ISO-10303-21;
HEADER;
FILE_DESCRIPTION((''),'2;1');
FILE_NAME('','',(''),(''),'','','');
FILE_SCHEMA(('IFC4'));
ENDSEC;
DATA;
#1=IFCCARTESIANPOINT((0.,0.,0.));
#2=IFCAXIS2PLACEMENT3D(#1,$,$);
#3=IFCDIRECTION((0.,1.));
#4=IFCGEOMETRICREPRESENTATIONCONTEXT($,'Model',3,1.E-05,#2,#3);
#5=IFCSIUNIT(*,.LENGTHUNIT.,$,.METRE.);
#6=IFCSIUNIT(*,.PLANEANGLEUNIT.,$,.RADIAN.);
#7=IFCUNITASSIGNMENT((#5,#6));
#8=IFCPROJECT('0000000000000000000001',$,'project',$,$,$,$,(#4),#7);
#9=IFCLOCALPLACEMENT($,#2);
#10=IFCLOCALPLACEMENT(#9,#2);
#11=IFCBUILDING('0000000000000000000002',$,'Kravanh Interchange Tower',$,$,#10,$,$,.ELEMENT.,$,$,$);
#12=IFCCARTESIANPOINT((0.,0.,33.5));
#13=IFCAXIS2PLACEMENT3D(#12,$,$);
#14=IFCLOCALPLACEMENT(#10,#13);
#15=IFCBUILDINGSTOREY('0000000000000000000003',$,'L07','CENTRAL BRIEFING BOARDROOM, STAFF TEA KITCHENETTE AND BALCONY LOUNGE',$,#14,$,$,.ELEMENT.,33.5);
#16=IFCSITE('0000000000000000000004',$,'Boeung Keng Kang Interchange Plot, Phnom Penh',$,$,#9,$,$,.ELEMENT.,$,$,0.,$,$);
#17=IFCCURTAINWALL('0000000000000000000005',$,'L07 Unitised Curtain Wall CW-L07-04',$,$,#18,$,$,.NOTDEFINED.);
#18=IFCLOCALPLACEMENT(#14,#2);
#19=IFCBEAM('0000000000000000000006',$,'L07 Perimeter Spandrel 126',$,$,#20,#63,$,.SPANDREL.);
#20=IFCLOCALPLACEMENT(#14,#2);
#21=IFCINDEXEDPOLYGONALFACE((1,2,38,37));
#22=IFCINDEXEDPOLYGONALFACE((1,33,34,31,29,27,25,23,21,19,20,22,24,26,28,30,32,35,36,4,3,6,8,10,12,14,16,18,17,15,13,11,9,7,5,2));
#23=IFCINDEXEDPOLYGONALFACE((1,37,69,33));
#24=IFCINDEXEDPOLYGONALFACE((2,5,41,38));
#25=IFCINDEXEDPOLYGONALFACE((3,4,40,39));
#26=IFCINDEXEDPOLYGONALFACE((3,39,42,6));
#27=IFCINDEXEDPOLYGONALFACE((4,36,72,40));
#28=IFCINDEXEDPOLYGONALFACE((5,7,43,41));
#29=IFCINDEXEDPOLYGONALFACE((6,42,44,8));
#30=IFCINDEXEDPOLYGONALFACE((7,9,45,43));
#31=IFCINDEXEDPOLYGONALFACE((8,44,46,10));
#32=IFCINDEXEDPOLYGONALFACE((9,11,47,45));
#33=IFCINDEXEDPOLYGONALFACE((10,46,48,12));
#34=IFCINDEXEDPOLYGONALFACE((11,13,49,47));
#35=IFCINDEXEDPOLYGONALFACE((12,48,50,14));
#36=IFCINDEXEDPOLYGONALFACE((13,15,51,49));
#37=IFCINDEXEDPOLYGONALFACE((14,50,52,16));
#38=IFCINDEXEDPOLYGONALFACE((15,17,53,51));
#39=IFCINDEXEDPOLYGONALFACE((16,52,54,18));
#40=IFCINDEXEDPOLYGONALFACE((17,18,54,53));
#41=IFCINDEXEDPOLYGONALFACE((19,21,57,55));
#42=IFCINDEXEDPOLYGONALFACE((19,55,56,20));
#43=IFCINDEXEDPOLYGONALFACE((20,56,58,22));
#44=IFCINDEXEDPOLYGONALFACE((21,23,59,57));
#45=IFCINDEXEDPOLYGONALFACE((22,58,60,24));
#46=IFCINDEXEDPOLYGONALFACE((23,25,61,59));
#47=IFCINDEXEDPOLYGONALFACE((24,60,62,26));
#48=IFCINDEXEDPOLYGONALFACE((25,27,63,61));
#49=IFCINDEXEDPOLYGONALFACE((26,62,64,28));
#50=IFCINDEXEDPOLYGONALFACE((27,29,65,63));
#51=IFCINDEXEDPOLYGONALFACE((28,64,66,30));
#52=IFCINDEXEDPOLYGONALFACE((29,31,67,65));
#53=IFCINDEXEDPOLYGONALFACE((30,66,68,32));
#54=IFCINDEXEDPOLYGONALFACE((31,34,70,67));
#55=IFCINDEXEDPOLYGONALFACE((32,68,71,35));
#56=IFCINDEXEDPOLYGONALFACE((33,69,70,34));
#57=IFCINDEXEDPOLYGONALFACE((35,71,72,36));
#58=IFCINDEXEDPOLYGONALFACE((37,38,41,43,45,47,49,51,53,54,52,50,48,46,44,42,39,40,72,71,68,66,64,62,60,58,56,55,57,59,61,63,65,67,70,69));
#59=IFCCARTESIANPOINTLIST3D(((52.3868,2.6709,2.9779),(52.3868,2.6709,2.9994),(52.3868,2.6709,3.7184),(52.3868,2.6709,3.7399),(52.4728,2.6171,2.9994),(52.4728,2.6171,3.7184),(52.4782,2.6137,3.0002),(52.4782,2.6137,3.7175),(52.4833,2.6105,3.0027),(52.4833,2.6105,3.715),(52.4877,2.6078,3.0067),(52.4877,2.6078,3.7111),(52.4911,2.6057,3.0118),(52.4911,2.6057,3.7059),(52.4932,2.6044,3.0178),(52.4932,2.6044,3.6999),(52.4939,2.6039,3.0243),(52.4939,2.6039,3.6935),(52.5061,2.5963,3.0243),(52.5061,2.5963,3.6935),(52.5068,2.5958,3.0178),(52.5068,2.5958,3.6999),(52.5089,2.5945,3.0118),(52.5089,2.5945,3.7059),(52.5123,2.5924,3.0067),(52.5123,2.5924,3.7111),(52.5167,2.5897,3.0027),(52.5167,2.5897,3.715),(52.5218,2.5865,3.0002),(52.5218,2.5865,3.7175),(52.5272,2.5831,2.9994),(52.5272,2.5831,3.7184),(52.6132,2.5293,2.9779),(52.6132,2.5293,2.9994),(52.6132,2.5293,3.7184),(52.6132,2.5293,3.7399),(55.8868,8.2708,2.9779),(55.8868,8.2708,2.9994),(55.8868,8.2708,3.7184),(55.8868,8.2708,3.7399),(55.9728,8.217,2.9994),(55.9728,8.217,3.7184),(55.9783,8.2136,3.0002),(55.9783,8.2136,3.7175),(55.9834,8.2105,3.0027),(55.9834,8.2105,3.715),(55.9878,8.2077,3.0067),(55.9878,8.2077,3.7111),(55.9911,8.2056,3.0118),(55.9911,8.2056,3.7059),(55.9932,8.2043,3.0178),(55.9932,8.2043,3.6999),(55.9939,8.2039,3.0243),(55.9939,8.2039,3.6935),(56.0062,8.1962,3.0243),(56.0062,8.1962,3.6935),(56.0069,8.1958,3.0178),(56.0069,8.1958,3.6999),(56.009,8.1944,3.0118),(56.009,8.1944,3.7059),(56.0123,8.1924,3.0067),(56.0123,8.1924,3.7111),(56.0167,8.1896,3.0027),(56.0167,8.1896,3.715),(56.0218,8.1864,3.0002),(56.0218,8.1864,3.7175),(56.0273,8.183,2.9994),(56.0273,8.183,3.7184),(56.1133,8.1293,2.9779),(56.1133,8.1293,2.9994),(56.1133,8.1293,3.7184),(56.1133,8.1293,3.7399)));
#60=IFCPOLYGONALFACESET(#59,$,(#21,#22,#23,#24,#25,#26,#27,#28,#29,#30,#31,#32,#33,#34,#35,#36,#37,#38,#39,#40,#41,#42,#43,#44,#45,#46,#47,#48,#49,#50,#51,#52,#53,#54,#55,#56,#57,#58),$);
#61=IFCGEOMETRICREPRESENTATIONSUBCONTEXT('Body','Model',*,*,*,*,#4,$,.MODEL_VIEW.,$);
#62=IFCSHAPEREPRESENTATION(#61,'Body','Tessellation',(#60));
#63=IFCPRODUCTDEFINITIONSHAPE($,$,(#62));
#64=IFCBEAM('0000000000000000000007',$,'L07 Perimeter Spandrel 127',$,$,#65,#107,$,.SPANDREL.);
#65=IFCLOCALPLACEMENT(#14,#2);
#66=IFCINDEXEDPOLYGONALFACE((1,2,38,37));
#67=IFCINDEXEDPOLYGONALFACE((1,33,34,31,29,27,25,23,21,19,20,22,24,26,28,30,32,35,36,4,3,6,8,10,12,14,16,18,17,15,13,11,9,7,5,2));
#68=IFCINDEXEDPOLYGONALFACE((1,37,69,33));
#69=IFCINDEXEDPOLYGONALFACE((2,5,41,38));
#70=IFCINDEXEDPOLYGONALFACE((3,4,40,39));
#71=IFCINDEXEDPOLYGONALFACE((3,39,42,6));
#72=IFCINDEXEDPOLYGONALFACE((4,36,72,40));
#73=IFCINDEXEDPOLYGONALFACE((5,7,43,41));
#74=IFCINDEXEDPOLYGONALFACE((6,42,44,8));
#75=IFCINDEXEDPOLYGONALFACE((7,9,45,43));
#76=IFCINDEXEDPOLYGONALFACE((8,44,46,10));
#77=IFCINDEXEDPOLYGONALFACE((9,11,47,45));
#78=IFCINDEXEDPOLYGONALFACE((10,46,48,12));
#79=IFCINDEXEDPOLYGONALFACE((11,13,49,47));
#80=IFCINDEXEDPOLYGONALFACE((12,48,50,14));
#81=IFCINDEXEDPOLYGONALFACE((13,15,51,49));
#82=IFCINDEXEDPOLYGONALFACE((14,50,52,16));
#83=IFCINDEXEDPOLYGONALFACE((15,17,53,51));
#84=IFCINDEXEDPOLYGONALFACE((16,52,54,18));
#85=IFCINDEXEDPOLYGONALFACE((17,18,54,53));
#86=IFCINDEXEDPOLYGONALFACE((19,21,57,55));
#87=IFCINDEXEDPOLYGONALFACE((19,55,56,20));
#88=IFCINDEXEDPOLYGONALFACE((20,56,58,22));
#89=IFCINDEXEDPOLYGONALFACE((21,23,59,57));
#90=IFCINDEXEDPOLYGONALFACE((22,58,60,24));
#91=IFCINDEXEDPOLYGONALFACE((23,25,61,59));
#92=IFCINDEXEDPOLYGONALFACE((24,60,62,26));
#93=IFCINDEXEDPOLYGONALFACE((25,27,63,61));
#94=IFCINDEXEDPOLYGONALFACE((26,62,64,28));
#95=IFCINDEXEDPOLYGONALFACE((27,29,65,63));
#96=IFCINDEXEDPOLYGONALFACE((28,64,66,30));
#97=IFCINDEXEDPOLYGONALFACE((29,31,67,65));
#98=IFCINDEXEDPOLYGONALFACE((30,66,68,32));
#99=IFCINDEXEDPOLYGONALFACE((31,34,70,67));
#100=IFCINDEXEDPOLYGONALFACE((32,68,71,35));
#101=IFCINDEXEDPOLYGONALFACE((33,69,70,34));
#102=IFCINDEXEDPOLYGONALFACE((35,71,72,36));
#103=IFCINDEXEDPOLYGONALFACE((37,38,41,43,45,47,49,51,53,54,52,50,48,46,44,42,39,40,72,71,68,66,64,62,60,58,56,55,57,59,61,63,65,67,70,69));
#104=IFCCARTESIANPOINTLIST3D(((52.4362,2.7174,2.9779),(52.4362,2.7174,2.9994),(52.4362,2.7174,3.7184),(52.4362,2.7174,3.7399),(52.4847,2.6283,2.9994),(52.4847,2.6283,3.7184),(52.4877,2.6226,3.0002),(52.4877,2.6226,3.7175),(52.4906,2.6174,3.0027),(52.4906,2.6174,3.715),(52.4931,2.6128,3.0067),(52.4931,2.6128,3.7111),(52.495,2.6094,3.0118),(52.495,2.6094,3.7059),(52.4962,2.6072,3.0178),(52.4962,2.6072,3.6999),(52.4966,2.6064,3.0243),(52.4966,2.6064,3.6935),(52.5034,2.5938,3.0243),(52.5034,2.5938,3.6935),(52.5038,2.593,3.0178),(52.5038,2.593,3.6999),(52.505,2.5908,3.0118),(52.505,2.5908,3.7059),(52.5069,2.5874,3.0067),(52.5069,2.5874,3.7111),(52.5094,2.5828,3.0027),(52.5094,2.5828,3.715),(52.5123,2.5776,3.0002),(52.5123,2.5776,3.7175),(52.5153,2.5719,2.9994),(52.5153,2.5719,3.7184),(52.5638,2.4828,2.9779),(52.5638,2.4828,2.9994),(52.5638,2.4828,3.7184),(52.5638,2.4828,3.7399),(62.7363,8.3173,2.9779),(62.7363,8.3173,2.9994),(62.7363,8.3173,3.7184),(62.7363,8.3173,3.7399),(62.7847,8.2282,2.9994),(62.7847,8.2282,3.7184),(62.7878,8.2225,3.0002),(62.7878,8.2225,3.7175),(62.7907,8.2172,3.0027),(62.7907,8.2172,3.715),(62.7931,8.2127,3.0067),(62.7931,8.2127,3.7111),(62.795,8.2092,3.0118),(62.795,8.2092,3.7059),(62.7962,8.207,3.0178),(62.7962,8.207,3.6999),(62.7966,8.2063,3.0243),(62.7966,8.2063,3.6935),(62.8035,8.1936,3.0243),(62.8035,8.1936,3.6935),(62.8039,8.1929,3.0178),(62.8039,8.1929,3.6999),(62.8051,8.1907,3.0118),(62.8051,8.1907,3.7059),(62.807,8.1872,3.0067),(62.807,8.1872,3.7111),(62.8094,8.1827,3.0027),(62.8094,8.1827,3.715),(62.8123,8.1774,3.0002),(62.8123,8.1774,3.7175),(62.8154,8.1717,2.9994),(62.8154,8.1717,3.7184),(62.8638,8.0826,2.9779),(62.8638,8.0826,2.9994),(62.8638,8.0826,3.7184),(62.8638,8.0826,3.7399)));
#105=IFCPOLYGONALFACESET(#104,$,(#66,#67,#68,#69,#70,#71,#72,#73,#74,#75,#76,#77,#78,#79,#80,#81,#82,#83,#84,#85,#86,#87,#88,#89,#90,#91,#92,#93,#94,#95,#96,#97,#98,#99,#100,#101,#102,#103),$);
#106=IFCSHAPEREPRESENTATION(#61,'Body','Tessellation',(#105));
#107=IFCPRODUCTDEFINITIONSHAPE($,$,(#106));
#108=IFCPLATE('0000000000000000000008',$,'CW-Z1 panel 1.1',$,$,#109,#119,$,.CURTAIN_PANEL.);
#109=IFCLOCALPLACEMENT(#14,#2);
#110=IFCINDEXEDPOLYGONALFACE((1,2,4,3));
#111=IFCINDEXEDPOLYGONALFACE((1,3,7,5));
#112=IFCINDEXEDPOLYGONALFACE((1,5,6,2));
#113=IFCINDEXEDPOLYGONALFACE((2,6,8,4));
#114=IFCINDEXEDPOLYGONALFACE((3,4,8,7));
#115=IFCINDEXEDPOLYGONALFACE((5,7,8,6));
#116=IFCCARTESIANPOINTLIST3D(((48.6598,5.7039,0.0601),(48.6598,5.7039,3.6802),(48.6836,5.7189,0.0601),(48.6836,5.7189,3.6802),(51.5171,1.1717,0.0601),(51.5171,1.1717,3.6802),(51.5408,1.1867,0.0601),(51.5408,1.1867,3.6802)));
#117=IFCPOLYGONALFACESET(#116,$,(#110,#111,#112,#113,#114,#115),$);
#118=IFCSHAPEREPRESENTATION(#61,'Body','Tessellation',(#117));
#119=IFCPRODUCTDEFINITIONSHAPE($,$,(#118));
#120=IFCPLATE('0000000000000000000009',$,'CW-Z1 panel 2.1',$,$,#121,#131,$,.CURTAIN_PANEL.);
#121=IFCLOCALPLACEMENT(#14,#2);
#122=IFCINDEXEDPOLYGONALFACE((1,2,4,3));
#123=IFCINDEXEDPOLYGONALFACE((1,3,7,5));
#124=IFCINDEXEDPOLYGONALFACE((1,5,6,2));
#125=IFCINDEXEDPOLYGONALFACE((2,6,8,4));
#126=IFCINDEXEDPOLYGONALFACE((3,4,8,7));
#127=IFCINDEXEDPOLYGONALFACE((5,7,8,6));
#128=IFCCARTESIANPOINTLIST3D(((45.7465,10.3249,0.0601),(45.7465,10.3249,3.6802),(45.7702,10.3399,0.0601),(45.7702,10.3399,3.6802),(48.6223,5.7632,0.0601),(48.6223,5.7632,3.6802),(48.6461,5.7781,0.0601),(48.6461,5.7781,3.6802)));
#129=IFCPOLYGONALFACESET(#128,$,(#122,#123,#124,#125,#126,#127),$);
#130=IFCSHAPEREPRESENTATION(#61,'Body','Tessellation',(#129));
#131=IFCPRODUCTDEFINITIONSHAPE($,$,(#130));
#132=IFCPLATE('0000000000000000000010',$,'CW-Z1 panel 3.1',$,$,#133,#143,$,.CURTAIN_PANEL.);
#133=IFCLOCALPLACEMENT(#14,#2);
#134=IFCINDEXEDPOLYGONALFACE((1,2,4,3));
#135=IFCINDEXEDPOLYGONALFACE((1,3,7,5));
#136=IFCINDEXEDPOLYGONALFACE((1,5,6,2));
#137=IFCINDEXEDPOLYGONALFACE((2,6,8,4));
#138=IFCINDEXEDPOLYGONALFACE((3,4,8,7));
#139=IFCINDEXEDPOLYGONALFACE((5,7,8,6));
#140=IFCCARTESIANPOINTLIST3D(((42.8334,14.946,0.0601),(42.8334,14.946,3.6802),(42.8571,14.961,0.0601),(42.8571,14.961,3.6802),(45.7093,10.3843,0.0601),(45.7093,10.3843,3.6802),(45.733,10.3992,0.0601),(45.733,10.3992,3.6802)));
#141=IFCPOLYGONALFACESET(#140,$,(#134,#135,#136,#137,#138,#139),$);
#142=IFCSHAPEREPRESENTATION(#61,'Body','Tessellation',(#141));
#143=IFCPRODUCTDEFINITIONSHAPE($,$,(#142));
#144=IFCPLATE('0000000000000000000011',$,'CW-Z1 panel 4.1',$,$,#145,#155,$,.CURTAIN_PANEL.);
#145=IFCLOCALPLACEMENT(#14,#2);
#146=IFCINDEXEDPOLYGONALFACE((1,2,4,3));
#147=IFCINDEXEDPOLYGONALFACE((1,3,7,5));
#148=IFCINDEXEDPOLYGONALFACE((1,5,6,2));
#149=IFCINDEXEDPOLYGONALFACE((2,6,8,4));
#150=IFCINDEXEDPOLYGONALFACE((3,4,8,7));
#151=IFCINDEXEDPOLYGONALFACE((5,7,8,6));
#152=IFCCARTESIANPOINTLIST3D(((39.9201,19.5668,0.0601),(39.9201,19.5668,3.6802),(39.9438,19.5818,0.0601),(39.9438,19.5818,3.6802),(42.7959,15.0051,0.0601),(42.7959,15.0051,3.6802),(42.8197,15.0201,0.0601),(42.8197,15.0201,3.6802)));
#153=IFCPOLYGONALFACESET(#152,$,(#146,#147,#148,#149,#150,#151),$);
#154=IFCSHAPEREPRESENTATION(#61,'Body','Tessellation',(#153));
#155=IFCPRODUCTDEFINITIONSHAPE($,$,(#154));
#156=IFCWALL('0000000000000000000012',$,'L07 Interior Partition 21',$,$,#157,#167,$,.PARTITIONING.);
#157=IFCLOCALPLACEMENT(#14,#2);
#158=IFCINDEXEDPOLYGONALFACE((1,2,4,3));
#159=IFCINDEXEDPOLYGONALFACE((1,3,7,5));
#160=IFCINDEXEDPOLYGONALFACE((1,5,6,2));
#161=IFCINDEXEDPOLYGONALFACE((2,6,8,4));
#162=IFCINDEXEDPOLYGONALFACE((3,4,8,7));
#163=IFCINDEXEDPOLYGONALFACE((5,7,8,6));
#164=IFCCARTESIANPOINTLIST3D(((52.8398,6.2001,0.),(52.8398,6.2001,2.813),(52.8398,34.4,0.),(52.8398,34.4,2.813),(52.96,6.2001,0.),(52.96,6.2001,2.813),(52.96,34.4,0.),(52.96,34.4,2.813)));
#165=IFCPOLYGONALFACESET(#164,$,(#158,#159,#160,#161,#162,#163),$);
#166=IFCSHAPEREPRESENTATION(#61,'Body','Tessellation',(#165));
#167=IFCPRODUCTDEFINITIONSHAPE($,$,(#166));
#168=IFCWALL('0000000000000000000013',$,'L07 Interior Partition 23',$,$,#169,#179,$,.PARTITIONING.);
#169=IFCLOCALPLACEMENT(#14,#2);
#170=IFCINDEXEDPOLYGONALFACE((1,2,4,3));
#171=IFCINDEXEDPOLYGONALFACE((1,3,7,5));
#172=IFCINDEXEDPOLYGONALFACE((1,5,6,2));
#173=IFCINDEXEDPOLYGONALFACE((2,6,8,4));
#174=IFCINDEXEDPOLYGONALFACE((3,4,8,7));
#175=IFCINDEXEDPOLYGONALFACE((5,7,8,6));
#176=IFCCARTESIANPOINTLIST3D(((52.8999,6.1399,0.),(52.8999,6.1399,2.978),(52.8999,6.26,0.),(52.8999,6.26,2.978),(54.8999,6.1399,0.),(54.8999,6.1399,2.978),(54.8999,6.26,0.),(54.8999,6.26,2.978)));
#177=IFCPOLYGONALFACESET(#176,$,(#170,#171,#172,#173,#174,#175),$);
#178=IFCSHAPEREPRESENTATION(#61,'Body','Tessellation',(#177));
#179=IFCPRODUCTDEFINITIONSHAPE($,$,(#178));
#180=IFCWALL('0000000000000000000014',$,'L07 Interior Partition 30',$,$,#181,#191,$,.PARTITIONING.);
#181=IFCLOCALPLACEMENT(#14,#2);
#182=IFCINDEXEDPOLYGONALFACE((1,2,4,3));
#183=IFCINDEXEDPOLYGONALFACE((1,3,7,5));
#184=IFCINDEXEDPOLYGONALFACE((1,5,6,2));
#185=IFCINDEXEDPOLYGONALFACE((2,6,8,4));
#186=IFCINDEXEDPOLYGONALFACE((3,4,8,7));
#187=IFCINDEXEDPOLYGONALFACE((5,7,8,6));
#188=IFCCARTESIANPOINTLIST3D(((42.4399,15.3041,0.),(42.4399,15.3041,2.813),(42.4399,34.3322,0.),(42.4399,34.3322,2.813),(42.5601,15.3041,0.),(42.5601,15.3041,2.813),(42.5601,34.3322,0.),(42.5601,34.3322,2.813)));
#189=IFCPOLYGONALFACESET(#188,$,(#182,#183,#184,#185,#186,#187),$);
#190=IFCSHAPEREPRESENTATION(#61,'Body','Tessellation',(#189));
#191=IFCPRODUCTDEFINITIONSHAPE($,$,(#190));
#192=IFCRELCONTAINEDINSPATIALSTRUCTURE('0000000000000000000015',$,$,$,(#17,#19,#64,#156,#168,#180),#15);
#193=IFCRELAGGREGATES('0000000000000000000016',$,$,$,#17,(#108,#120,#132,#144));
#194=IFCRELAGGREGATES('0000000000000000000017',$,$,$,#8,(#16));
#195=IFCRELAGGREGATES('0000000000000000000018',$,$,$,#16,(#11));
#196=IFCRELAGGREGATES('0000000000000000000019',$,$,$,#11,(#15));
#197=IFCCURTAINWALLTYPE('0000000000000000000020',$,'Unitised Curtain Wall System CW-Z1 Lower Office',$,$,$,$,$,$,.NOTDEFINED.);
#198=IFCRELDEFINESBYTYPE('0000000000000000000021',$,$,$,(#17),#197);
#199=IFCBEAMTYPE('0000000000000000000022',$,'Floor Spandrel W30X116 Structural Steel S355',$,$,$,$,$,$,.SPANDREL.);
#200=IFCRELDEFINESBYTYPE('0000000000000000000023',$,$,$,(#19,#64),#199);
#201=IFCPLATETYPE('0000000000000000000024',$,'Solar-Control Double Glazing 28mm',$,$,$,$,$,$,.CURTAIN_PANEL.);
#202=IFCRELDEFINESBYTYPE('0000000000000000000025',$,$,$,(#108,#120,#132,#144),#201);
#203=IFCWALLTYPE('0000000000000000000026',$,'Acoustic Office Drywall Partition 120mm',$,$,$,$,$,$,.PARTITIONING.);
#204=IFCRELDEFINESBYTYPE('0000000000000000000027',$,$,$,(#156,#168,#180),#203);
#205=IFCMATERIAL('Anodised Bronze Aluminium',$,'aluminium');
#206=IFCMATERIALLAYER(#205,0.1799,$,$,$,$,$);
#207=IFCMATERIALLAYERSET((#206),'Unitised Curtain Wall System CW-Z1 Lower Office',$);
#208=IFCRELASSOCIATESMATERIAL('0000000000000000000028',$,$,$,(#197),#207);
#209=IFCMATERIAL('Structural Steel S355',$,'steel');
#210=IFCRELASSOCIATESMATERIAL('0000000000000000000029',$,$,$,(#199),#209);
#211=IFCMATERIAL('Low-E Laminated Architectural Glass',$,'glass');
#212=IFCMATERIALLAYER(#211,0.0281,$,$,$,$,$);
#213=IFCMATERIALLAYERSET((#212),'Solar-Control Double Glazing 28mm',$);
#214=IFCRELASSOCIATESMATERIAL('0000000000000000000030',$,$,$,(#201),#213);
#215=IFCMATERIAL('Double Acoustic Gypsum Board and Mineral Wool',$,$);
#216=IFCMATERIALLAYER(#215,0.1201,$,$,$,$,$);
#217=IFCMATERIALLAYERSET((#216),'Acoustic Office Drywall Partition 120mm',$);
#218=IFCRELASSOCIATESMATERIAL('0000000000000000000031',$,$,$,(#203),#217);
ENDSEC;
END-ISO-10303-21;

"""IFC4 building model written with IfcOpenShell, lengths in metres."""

from ifc_helpers import new_model, si_unit, direction, frame, frame_2d, origin, origin_2d, place, context, subcontext, project, spatial, rectangle, i_section, extrude, material, layer, layer_set, material_profile, profile_set, type_object, element, aggregate, save


model = new_model("IFC4")

# Units and contexts
model_context = context("Model", 3, precision=1e-05, world=origin(), true_north=direction((0.0, 1.0)))
body_context = subcontext(model_context, "Body", "Model", "MODEL_VIEW")
ifc_project = project(units=[si_unit("LENGTHUNIT", "METRE"), si_unit("PLANEANGLEUNIT", "RADIAN")], contexts=[model_context])

# Site, building, storey
site_placement = place(None, origin())
site = spatial("IfcSite", under=ifc_project, at=site_placement, Name="Boeung Keng Kang Interchange Plot, Phnom Penh", CompositionType="ELEMENT", RefElevation=0.0)
building_placement = place(site_placement, origin())
building = spatial("IfcBuilding", under=site, at=building_placement, Name="Kravanh Interchange Tower", CompositionType="ELEMENT")
storey_placement = place(building_placement, frame((0.0, 0.0, 33.5)))
storey = spatial("IfcBuildingStorey", under=building, at=storey_placement, Name="L07", Description="CENTRAL BRIEFING BOARDROOM, STAFF TEA KITCHENETTE AND BALCONY LOUNGE", CompositionType="ELEMENT", Elevation=33.5)

# Shared definitions
ifc_material_1 = material(Name="Anodised Bronze Aluminium", Category="aluminium")
ifc_layer_1 = layer(ifc_material_1, 0.1799)
ifc_layer_set_1 = layer_set([ifc_layer_1], Name="Unitised Curtain Wall System CW-Z1 Lower Office")
curtain_wall_type = type_object("IfcCurtainWallType", Name="Unitised Curtain Wall System CW-Z1 Lower Office", PredefinedType="NOTDEFINED", material=ifc_layer_set_1)

# Curtain wall
curtain_wall_1_placement = place(storey_placement, origin())
curtain_wall_1 = element("IfcCurtainWall", 1, at=curtain_wall_1_placement, inside=storey, type_object=curtain_wall_type, Name="L07 Unitised Curtain Wall CW-L07-04", PredefinedType="NOTDEFINED")

# Beams
ifc_material_2 = material(Name="Structural Steel S355", Category="steel")
ifc_material_profile_1 = material_profile(ifc_material_2, i_section(OverallWidth=0.2671, OverallDepth=0.762, WebThickness=0.0144, FlangeThickness=0.0215, FilletRadius=0.0249, at=origin_2d()), Name="W30X116")
ifc_profile_set_1 = profile_set([ifc_material_profile_1], Name="Structural Steel S355")
beam_type = type_object("IfcBeamType", Name="Floor Spandrel W30X116 Structural Steel S355", PredefinedType="SPANDREL", material=ifc_profile_set_1)
beam_1_placement = place(storey_placement, frame((52.5, 2.6001, 3.3589), z_axis=(0.530009, 0.847992, 0.0), x_axis=(-0.847992, 0.530009, 0.0)))
element("IfcBeam", 2, at=beam_1_placement, inside=storey, type_object=beam_type, Name="L07 Perimeter Spandrel 126", PredefinedType="SPANDREL", context=body_context, shape_type="SweptSolid", body=[
    extrude(i_section(OverallWidth=0.2671, OverallDepth=0.762, WebThickness=0.0144, FlangeThickness=0.0215, FilletRadius=0.0249, at=origin_2d()), origin(), (0.0, 0.0, 1.0), 6.6038),
])
beam_2_placement = place(storey_placement, frame((52.5, 2.6001, 3.3589), z_axis=(0.878553, 0.477645, 0.0), x_axis=(-0.477645, 0.878553, 0.0)))
element("IfcBeam", 3, at=beam_2_placement, inside=storey, type_object=beam_type, Name="L07 Perimeter Spandrel 127", PredefinedType="SPANDREL", context=body_context, shape_type="SweptSolid", body=[
    extrude(i_section(OverallWidth=0.2671, OverallDepth=0.762, WebThickness=0.0144, FlangeThickness=0.0215, FilletRadius=0.0249, at=origin_2d()), origin(), (0.0, 0.0, 1.0), 11.7239),
])

# Plates
ifc_material_3 = material(Name="Low-E Laminated Architectural Glass", Category="glass")
ifc_layer_2 = layer(ifc_material_3, 0.0281)
ifc_layer_set_2 = layer_set([ifc_layer_2], Name="Solar-Control Double Glazing 28mm")
plate_type = type_object("IfcPlateType", Name="Solar-Control Double Glazing 28mm", PredefinedType="CURTAIN_PANEL", material=ifc_layer_set_2)
plate_1_placement = place(storey_placement, frame((50.1003, 3.4453, 0.0601), z_axis=(0.0, 0.0, 1.0), x_axis=(-0.533301, 0.845926, 0.0)))
plate_1 = element("IfcPlate", 4, at=plate_1_placement, type_object=plate_type, Name="CW-Z1 panel 1.1", PredefinedType="CURTAIN_PANEL", context=body_context, shape_type="SweptSolid", body=[
    extrude(rectangle(XDim=5.3577, YDim=0.0281, at=origin_2d()), origin(), (0.0, 0.0, 1.0), 3.6201),
])
plate_2_placement = place(storey_placement, frame((47.1963, 8.0515, 0.0601), z_axis=(0.0, 0.0, 1.0), x_axis=(-0.533301, 0.845926, 0.0)))
plate_2 = element("IfcPlate", 5, at=plate_2_placement, type_object=plate_type, Name="CW-Z1 panel 2.1", PredefinedType="CURTAIN_PANEL", context=body_context, shape_type="SweptSolid", body=[
    extrude(rectangle(XDim=5.3926, YDim=0.0281, at=origin_2d()), origin(), (0.0, 0.0, 1.0), 3.6201),
])
plate_3_placement = place(storey_placement, frame((44.2832, 12.6726, 0.0601), z_axis=(0.0, 0.0, 1.0), x_axis=(-0.533301, 0.845926, 0.0)))
plate_3 = element("IfcPlate", 6, at=plate_3_placement, type_object=plate_type, Name="CW-Z1 panel 3.1", PredefinedType="CURTAIN_PANEL", context=body_context, shape_type="SweptSolid", body=[
    extrude(rectangle(XDim=5.3926, YDim=0.0281, at=origin_2d()), origin(), (0.0, 0.0, 1.0), 3.6201),
])
plate_4_placement = place(storey_placement, frame((41.3699, 17.2935, 0.0601), z_axis=(0.0, 0.0, 1.0), x_axis=(-0.533301, 0.845926, 0.0)))
plate_4 = element("IfcPlate", 7, at=plate_4_placement, type_object=plate_type, Name="CW-Z1 panel 4.1", PredefinedType="CURTAIN_PANEL", context=body_context, shape_type="SweptSolid", body=[
    extrude(rectangle(XDim=5.3926, YDim=0.0281, at=origin_2d()), origin(), (0.0, 0.0, 1.0), 3.6201),
])
aggregate(curtain_wall_1, [plate_1, plate_2, plate_3, plate_4])

# Walls
ifc_material_4 = material(Name="Double Acoustic Gypsum Board and Mineral Wool")
ifc_layer_3 = layer(ifc_material_4, 0.1201)
ifc_layer_set_3 = layer_set([ifc_layer_3], Name="Acoustic Office Drywall Partition 120mm")
wall_type = type_object("IfcWallType", Name="Acoustic Office Drywall Partition 120mm", PredefinedType="PARTITIONING", material=ifc_layer_set_3)
wall_1_placement = place(storey_placement, frame((52.8999, 6.2, 0.0), z_axis=(0.0, 0.0, 1.0), x_axis=(0.0, 1.0, 0.0)))
element("IfcWall", 8, at=wall_1_placement, inside=storey, type_object=wall_type, Name="L07 Interior Partition 21", PredefinedType="PARTITIONING", context=body_context, shape_type="SweptSolid", body=[
    extrude(rectangle(XDim=28.2, YDim=0.1201, at=frame_2d((14.1001, 0.0))), origin(), (0.0, 0.0, 1.0), 2.813),
])
wall_2_placement = place(storey_placement, frame((52.8999, 6.2, 0.0), z_axis=(0.0, 0.0, 1.0), x_axis=(1.0, 0.0, 0.0)))
element("IfcWall", 9, at=wall_2_placement, inside=storey, type_object=wall_type, Name="L07 Interior Partition 23", PredefinedType="PARTITIONING", context=body_context, shape_type="SweptSolid", body=[
    extrude(rectangle(XDim=2.0, YDim=0.1201, at=frame_2d((1.0, 0.0))), origin(), (0.0, 0.0, 1.0), 2.978),
])
wall_3_placement = place(storey_placement, frame((42.5, 15.304, 0.0), z_axis=(0.0, 0.0, 1.0), x_axis=(0.0, 1.0, 0.0)))
element("IfcWall", 10, at=wall_3_placement, inside=storey, type_object=wall_type, Name="L07 Interior Partition 30", PredefinedType="PARTITIONING", context=body_context, shape_type="SweptSolid", body=[
    extrude(rectangle(XDim=19.0281, YDim=0.1201, at=frame_2d((9.5142, 0.0))), origin(), (0.0, 0.0, 1.0), 2.813),
])

save(model, "model.ifc")
